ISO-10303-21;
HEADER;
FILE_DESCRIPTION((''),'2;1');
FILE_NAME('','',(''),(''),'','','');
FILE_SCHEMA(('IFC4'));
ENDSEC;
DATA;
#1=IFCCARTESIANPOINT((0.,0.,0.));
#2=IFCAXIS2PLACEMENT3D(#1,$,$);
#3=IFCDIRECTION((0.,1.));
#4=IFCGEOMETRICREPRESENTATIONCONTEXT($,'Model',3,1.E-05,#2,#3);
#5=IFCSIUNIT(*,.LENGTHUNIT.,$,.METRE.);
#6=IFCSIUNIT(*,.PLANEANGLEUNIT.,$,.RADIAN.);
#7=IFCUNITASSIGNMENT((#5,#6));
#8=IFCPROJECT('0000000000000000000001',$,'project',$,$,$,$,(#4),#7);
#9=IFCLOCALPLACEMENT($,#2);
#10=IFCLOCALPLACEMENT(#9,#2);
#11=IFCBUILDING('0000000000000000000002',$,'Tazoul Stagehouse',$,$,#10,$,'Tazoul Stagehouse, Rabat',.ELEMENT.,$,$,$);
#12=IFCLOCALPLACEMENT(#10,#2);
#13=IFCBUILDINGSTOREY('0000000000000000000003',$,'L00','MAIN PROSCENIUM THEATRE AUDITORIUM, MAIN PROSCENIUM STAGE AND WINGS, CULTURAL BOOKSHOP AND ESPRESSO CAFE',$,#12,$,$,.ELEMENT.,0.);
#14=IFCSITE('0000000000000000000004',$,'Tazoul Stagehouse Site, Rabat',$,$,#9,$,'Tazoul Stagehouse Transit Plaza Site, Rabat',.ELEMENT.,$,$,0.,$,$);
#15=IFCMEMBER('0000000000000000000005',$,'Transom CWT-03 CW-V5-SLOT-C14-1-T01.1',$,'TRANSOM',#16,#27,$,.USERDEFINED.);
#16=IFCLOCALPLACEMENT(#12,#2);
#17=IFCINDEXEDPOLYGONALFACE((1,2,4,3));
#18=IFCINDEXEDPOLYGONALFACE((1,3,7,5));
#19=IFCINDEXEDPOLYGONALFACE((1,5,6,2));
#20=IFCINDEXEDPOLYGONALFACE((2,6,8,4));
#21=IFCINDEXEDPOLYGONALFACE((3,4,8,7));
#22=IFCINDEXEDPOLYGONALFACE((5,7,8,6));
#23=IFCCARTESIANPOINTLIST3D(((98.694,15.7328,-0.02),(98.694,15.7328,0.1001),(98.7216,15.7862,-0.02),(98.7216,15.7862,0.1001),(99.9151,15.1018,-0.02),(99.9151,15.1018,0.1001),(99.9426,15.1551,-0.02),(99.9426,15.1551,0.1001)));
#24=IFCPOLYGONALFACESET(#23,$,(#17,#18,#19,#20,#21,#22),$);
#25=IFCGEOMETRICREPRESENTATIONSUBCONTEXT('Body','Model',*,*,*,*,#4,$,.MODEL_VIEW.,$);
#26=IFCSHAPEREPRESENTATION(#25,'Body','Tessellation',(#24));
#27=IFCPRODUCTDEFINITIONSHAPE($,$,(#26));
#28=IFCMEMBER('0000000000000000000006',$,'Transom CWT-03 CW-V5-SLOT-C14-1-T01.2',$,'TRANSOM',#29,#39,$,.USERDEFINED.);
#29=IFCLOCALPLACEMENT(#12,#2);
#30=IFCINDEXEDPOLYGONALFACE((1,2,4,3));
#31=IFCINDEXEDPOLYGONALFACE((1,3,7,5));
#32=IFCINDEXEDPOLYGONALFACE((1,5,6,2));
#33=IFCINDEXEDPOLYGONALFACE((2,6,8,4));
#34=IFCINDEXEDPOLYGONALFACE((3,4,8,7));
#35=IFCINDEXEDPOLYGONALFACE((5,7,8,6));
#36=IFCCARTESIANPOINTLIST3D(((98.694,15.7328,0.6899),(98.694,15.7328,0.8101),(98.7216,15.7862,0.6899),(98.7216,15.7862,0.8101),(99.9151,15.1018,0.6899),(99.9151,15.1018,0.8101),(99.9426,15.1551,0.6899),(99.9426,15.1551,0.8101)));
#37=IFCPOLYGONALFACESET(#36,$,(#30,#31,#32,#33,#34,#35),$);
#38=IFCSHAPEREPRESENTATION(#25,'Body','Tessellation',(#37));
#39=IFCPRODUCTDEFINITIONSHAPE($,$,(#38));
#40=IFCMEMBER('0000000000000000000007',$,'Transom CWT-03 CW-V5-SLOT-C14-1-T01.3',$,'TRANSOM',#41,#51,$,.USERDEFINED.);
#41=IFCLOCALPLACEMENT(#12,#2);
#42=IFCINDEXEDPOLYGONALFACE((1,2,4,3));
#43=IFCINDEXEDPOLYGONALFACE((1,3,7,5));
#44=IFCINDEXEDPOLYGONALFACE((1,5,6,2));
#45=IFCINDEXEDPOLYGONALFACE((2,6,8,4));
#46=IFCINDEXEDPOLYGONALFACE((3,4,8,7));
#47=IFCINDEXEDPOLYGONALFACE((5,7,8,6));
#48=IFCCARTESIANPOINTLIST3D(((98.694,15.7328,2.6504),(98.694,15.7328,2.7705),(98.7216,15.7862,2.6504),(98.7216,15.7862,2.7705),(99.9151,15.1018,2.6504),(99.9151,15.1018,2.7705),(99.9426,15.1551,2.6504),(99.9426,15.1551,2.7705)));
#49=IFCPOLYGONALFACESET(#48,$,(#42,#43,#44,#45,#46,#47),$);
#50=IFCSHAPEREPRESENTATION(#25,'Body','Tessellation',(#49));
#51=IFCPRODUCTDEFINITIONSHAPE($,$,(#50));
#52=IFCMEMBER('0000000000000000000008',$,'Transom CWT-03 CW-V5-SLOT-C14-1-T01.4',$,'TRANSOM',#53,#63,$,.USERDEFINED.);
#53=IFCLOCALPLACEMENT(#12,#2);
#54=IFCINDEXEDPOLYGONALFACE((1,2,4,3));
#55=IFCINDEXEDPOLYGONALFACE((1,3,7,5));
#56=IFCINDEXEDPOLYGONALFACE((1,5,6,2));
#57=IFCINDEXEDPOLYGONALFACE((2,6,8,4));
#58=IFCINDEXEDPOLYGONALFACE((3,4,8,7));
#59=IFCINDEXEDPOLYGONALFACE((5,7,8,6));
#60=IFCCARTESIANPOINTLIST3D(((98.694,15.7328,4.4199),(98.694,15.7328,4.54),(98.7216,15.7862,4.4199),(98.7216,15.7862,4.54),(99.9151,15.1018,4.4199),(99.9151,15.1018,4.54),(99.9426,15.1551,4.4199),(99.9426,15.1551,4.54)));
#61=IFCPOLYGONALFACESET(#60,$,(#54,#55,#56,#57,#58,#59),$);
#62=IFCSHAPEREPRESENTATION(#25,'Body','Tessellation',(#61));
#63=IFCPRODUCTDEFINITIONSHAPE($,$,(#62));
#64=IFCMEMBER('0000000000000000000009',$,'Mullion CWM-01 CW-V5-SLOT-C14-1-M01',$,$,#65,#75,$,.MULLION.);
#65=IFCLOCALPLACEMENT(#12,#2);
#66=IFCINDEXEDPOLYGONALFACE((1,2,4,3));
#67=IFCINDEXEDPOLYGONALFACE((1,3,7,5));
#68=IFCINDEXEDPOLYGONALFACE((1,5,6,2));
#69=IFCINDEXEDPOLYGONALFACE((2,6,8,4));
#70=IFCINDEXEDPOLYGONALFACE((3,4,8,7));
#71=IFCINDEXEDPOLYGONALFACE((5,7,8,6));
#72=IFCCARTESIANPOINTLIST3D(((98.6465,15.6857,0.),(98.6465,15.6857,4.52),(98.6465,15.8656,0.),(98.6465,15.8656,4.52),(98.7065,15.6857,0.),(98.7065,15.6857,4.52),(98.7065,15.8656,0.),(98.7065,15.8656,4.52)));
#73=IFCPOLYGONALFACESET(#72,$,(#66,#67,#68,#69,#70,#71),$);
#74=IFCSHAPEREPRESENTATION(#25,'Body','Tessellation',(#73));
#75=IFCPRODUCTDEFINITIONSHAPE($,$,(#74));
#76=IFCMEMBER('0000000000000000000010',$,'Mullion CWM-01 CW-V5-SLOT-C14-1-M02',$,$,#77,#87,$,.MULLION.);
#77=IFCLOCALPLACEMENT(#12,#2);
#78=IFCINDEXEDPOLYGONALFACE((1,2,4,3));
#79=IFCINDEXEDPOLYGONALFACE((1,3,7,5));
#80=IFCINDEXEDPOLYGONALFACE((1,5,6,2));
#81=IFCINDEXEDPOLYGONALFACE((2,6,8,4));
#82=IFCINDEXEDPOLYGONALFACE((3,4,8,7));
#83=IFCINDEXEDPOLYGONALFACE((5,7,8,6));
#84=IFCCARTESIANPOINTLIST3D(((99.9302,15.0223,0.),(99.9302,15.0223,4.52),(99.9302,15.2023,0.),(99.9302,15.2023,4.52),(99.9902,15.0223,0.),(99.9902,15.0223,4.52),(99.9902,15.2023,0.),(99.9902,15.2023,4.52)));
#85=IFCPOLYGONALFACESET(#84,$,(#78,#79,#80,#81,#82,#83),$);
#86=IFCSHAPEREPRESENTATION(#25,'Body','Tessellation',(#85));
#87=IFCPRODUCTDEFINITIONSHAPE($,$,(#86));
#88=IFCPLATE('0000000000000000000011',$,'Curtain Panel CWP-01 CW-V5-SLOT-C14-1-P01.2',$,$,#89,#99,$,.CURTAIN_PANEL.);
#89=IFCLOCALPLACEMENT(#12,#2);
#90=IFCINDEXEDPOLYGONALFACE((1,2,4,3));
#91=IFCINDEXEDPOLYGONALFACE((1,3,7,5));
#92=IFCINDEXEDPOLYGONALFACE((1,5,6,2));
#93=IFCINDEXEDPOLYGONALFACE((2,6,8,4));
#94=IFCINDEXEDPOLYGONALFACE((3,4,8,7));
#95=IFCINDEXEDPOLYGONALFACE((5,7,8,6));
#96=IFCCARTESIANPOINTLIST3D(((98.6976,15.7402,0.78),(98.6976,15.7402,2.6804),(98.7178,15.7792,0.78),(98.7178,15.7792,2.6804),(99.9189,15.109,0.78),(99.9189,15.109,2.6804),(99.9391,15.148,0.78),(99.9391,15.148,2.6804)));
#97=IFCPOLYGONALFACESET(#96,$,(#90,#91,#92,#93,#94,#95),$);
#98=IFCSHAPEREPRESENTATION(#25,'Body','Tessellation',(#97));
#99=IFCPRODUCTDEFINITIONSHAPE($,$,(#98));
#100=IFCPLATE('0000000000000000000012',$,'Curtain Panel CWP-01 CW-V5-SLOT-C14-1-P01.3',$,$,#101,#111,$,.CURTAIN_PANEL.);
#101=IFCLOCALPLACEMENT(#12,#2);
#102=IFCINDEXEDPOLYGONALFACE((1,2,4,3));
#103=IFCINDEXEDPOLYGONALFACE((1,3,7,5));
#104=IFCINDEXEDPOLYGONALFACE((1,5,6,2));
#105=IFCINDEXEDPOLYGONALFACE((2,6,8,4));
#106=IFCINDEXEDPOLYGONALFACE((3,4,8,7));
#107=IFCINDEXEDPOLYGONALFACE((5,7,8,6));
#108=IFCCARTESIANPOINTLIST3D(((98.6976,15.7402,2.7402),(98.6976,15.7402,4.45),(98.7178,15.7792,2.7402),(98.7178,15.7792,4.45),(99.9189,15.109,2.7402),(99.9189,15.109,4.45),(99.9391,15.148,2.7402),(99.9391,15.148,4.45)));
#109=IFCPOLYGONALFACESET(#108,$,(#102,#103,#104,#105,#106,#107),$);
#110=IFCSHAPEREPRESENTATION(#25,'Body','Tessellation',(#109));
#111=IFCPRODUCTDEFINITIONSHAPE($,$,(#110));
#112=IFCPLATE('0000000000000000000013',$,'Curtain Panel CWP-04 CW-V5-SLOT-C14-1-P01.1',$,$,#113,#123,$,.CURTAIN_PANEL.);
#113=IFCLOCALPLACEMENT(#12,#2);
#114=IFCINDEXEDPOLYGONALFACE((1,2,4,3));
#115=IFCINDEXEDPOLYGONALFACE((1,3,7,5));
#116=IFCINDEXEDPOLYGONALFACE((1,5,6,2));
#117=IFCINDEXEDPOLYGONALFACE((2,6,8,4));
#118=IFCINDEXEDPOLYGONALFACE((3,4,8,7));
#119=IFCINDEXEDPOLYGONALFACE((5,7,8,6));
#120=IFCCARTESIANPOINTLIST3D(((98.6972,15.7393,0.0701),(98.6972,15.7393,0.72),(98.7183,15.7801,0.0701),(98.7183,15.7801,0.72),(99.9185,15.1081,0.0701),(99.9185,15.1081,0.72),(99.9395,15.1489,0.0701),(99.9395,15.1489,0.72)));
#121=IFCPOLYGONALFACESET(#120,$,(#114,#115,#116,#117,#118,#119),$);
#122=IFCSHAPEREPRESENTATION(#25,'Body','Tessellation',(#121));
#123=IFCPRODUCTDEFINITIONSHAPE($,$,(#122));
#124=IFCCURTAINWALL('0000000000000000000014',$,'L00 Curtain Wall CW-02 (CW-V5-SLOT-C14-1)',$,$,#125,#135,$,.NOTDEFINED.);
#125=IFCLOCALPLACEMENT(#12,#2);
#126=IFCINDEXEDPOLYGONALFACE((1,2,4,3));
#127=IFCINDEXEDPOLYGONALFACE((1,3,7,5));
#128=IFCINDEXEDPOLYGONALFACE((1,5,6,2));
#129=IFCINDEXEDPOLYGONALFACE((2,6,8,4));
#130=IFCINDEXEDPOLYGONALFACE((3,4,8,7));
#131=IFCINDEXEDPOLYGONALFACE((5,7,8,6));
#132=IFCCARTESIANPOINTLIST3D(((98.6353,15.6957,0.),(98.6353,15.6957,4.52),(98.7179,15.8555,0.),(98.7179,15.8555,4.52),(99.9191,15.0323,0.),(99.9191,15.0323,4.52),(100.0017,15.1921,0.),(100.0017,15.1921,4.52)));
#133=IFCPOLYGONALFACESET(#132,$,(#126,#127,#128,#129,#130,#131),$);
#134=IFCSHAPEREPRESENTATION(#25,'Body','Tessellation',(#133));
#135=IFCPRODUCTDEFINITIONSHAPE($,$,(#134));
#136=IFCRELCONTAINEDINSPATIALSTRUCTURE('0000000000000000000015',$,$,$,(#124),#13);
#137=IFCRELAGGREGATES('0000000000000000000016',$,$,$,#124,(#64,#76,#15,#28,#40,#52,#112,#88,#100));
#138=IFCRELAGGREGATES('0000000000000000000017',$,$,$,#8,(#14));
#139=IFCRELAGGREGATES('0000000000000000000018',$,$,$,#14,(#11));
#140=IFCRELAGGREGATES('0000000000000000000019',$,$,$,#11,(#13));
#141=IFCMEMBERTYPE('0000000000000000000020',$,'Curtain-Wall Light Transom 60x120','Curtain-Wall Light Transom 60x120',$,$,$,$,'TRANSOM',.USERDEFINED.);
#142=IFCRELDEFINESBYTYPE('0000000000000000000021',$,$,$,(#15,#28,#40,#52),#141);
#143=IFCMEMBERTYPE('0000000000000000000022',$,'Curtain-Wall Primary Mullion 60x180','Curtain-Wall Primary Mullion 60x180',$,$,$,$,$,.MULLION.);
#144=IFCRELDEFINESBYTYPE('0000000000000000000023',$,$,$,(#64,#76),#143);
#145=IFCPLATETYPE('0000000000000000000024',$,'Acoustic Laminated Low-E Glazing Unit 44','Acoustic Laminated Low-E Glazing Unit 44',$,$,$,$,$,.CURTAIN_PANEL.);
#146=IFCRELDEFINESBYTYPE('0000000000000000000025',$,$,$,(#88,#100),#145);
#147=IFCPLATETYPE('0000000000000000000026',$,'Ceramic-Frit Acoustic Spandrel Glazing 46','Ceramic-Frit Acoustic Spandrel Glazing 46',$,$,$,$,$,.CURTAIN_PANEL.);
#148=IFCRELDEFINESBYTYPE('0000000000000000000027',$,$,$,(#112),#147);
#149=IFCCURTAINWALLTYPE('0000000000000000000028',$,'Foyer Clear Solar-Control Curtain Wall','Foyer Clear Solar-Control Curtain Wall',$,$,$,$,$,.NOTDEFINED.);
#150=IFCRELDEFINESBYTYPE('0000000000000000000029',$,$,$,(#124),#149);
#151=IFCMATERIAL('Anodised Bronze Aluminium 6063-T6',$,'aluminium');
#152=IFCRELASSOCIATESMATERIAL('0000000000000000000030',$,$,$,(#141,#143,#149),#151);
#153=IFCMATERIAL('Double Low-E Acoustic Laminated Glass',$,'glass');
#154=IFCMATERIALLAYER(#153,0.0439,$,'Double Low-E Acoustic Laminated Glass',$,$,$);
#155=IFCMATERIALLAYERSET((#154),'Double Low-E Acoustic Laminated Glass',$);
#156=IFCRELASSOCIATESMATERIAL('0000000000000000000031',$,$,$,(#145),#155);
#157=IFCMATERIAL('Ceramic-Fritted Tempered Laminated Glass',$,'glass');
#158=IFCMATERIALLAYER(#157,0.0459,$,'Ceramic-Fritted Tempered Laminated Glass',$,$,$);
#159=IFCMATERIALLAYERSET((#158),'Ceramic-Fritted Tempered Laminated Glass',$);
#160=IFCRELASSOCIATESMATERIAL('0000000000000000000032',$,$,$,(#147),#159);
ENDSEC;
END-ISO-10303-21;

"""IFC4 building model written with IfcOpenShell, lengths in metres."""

from ifc_helpers import new_model, si_unit, direction, frame, frame_2d, origin, origin_2d, place, context, subcontext, project, spatial, rectangle, extrude, material, layer, layer_set, material_profile, profile_set, type_object, element, aggregate, save


model = new_model("IFC4")

# Units and contexts
model_context = context("Model", 3, precision=1e-05, world=origin(), true_north=direction((0.0, 1.0)))
body_context = subcontext(model_context, "Body", "Model", "MODEL_VIEW")
ifc_project = project(units=[si_unit("LENGTHUNIT", "METRE"), si_unit("PLANEANGLEUNIT", "RADIAN")], contexts=[model_context])

# Site, building, storey
site_placement = place(None, origin())
site = spatial("IfcSite", under=ifc_project, at=site_placement, Name="Tazoul Stagehouse Site, Rabat", LongName="Tazoul Stagehouse Transit Plaza Site, Rabat", CompositionType="ELEMENT", RefElevation=0.0)
building_placement = place(site_placement, origin())
building = spatial("IfcBuilding", under=site, at=building_placement, Name="Tazoul Stagehouse", LongName="Tazoul Stagehouse, Rabat", CompositionType="ELEMENT")
storey_placement = place(building_placement, origin())
storey = spatial("IfcBuildingStorey", under=building, at=storey_placement, Name="L00", Description="MAIN PROSCENIUM THEATRE AUDITORIUM, MAIN PROSCENIUM STAGE AND WINGS, CULTURAL BOOKSHOP AND ESPRESSO CAFE", CompositionType="ELEMENT", Elevation=0.0)

# Members
ifc_material_1 = material(Name="Anodised Bronze Aluminium 6063-T6", Category="aluminium")
ifc_material_profile_1 = material_profile(ifc_material_1, rectangle(XDim=0.0601, YDim=0.1201, at=origin_2d()), Name="ALU TRANSOM 60x120")
ifc_profile_set_1 = profile_set([ifc_material_profile_1], Name="Anodised Bronze Aluminium 6063-T6")
member_type_1 = type_object("IfcMemberType", Name="Curtain-Wall Light Transom 60x120", Description="Curtain-Wall Light Transom 60x120", ElementType="TRANSOM", PredefinedType="USERDEFINED", material=ifc_profile_set_1)
member_1_placement = place(storey_placement, frame((98.7078, 15.7595, 0.04), z_axis=(0.88838, -0.459109, 0.0), x_axis=(0.459109, 0.88838, 0.0)))
member_1 = element("IfcMember", 1, at=member_1_placement, type_object=member_type_1, Name="Transom CWT-03 CW-V5-SLOT-C14-1-T01.1", ObjectType="TRANSOM", PredefinedType="USERDEFINED", context=body_context, shape_type="SweptSolid", body=[
    extrude(rectangle(XDim=0.0601, YDim=0.1201, at=origin_2d()), origin(), (0.0, 0.0, 1.0), 1.3745),
])
member_2_placement = place(storey_placement, frame((98.7078, 15.7595, 0.75), z_axis=(0.88838, -0.459109, 0.0), x_axis=(0.459109, 0.88838, 0.0)))
member_2 = element("IfcMember", 2, at=member_2_placement, type_object=member_type_1, Name="Transom CWT-03 CW-V5-SLOT-C14-1-T01.2", ObjectType="TRANSOM", PredefinedType="USERDEFINED", context=body_context, shape_type="SweptSolid", body=[
    extrude(rectangle(XDim=0.0601, YDim=0.1201, at=origin_2d()), origin(), (0.0, 0.0, 1.0), 1.3745),
])
member_3_placement = place(storey_placement, frame((98.7078, 15.7595, 2.7104), z_axis=(0.88838, -0.459109, 0.0), x_axis=(0.459109, 0.88838, 0.0)))
member_3 = element("IfcMember", 3, at=member_3_placement, type_object=member_type_1, Name="Transom CWT-03 CW-V5-SLOT-C14-1-T01.3", ObjectType="TRANSOM", PredefinedType="USERDEFINED", context=body_context, shape_type="SweptSolid", body=[
    extrude(rectangle(XDim=0.0601, YDim=0.1201, at=origin_2d()), origin(), (0.0, 0.0, 1.0), 1.3745),
])
member_4_placement = place(storey_placement, frame((98.7078, 15.7595, 4.48), z_axis=(0.88838, -0.459109, 0.0), x_axis=(0.459109, 0.88838, 0.0)))
member_4 = element("IfcMember", 4, at=member_4_placement, type_object=member_type_1, Name="Transom CWT-03 CW-V5-SLOT-C14-1-T01.4", ObjectType="TRANSOM", PredefinedType="USERDEFINED", context=body_context, shape_type="SweptSolid", body=[
    extrude(rectangle(XDim=0.0601, YDim=0.1201, at=origin_2d()), origin(), (0.0, 0.0, 1.0), 1.3745),
])
ifc_material_profile_2 = material_profile(ifc_material_1, rectangle(XDim=0.0601, YDim=0.1799, at=origin_2d()), Name="ALU MULLION 60x180")
ifc_profile_set_2 = profile_set([ifc_material_profile_2], Name="Anodised Bronze Aluminium 6063-T6")
member_type_2 = type_object("IfcMemberType", Name="Curtain-Wall Primary Mullion 60x180", Description="Curtain-Wall Primary Mullion 60x180", PredefinedType="MULLION", material=ifc_profile_set_2)
member_5_placement = place(storey_placement, frame((98.6765, 15.7756, 0.0), z_axis=(0.0, 0.0, 1.0), x_axis=(1.0, 0.0, 0.0)))
member_5 = element("IfcMember", 5, at=member_5_placement, type_object=member_type_2, Name="Mullion CWM-01 CW-V5-SLOT-C14-1-M01", PredefinedType="MULLION", context=body_context, shape_type="SweptSolid", body=[
    extrude(rectangle(XDim=0.0601, YDim=0.1799, at=origin_2d()), origin(), (0.0, 0.0, 1.0), 4.52),
])
member_6_placement = place(storey_placement, frame((99.9602, 15.1123, 0.0), z_axis=(0.0, 0.0, 1.0), x_axis=(1.0, 0.0, 0.0)))
member_6 = element("IfcMember", 6, at=member_6_placement, type_object=member_type_2, Name="Mullion CWM-01 CW-V5-SLOT-C14-1-M02", PredefinedType="MULLION", context=body_context, shape_type="SweptSolid", body=[
    extrude(rectangle(XDim=0.0601, YDim=0.1799, at=origin_2d()), origin(), (0.0, 0.0, 1.0), 4.52),
])

# Plates
ifc_material_2 = material(Name="Double Low-E Acoustic Laminated Glass", Category="glass")
ifc_layer_1 = layer(ifc_material_2, 0.0439, Name="Double Low-E Acoustic Laminated Glass")
ifc_layer_set_1 = layer_set([ifc_layer_1], Name="Double Low-E Acoustic Laminated Glass")
plate_type_1 = type_object("IfcPlateType", Name="Acoustic Laminated Low-E Glazing Unit 44", Description="Acoustic Laminated Low-E Glazing Unit 44", PredefinedType="CURTAIN_PANEL", material=ifc_layer_set_1)
plate_1_placement = place(storey_placement, frame((99.3184, 15.4441, 0.78), z_axis=(0.0, 0.0, 1.0), x_axis=(0.888353, -0.459161, 0.0)))
plate_1 = element("IfcPlate", 7, at=plate_1_placement, type_object=plate_type_1, Name="Curtain Panel CWP-01 CW-V5-SLOT-C14-1-P01.2", PredefinedType="CURTAIN_PANEL", context=body_context, shape_type="SweptSolid", body=[
    extrude(rectangle(XDim=1.3748, YDim=0.0439, at=origin_2d()), origin(), (0.0, 0.0, 1.0), 1.9004),
])
plate_2_placement = place(storey_placement, frame((99.3184, 15.4441, 2.7402), z_axis=(0.0, 0.0, 1.0), x_axis=(0.888353, -0.459161, 0.0)))
plate_2 = element("IfcPlate", 8, at=plate_2_placement, type_object=plate_type_1, Name="Curtain Panel CWP-01 CW-V5-SLOT-C14-1-P01.3", PredefinedType="CURTAIN_PANEL", context=body_context, shape_type="SweptSolid", body=[
    extrude(rectangle(XDim=1.3748, YDim=0.0439, at=origin_2d()), origin(), (0.0, 0.0, 1.0), 1.7097),
])
ifc_material_3 = material(Name="Ceramic-Fritted Tempered Laminated Glass", Category="glass")
ifc_layer_2 = layer(ifc_material_3, 0.0459, Name="Ceramic-Fritted Tempered Laminated Glass")
ifc_layer_set_2 = layer_set([ifc_layer_2], Name="Ceramic-Fritted Tempered Laminated Glass")
plate_type_2 = type_object("IfcPlateType", Name="Ceramic-Frit Acoustic Spandrel Glazing 46", Description="Ceramic-Frit Acoustic Spandrel Glazing 46", PredefinedType="CURTAIN_PANEL", material=ifc_layer_set_2)
plate_3_placement = place(storey_placement, frame((99.3184, 15.4441, 0.0701), z_axis=(0.0, 0.0, 1.0), x_axis=(0.888353, -0.459161, 0.0)))
plate_3 = element("IfcPlate", 9, at=plate_3_placement, type_object=plate_type_2, Name="Curtain Panel CWP-04 CW-V5-SLOT-C14-1-P01.1", PredefinedType="CURTAIN_PANEL", context=body_context, shape_type="SweptSolid", body=[
    extrude(rectangle(XDim=1.3748, YDim=0.0459, at=origin_2d()), origin(), (0.0, 0.0, 1.0), 0.6499),
])

# Curtain wall
curtain_wall_type = type_object("IfcCurtainWallType", Name="Foyer Clear Solar-Control Curtain Wall", Description="Foyer Clear Solar-Control Curtain Wall", PredefinedType="NOTDEFINED", material=ifc_material_1)
curtain_wall_1_placement = place(storey_placement, frame((98.6765, 15.7756, 0.0), z_axis=(0.0, 0.0, 1.0), x_axis=(0.888401, -0.459069, 0.0)))
curtain_wall_1 = element("IfcCurtainWall", 10, at=curtain_wall_1_placement, inside=storey, type_object=curtain_wall_type, Name="L00 Curtain Wall CW-02 (CW-V5-SLOT-C14-1)", PredefinedType="NOTDEFINED", context=body_context, shape_type="SweptSolid", body=[
    extrude(rectangle(XDim=1.4451, YDim=0.1799, at=frame_2d((0.7227, 0.0))), origin(), (0.0, 0.0, 1.0), 4.52),
])
aggregate(curtain_wall_1, [member_5, member_6, member_1, member_2, member_3, member_4, plate_3, plate_1, plate_2])

save(model, "model.ifc")
